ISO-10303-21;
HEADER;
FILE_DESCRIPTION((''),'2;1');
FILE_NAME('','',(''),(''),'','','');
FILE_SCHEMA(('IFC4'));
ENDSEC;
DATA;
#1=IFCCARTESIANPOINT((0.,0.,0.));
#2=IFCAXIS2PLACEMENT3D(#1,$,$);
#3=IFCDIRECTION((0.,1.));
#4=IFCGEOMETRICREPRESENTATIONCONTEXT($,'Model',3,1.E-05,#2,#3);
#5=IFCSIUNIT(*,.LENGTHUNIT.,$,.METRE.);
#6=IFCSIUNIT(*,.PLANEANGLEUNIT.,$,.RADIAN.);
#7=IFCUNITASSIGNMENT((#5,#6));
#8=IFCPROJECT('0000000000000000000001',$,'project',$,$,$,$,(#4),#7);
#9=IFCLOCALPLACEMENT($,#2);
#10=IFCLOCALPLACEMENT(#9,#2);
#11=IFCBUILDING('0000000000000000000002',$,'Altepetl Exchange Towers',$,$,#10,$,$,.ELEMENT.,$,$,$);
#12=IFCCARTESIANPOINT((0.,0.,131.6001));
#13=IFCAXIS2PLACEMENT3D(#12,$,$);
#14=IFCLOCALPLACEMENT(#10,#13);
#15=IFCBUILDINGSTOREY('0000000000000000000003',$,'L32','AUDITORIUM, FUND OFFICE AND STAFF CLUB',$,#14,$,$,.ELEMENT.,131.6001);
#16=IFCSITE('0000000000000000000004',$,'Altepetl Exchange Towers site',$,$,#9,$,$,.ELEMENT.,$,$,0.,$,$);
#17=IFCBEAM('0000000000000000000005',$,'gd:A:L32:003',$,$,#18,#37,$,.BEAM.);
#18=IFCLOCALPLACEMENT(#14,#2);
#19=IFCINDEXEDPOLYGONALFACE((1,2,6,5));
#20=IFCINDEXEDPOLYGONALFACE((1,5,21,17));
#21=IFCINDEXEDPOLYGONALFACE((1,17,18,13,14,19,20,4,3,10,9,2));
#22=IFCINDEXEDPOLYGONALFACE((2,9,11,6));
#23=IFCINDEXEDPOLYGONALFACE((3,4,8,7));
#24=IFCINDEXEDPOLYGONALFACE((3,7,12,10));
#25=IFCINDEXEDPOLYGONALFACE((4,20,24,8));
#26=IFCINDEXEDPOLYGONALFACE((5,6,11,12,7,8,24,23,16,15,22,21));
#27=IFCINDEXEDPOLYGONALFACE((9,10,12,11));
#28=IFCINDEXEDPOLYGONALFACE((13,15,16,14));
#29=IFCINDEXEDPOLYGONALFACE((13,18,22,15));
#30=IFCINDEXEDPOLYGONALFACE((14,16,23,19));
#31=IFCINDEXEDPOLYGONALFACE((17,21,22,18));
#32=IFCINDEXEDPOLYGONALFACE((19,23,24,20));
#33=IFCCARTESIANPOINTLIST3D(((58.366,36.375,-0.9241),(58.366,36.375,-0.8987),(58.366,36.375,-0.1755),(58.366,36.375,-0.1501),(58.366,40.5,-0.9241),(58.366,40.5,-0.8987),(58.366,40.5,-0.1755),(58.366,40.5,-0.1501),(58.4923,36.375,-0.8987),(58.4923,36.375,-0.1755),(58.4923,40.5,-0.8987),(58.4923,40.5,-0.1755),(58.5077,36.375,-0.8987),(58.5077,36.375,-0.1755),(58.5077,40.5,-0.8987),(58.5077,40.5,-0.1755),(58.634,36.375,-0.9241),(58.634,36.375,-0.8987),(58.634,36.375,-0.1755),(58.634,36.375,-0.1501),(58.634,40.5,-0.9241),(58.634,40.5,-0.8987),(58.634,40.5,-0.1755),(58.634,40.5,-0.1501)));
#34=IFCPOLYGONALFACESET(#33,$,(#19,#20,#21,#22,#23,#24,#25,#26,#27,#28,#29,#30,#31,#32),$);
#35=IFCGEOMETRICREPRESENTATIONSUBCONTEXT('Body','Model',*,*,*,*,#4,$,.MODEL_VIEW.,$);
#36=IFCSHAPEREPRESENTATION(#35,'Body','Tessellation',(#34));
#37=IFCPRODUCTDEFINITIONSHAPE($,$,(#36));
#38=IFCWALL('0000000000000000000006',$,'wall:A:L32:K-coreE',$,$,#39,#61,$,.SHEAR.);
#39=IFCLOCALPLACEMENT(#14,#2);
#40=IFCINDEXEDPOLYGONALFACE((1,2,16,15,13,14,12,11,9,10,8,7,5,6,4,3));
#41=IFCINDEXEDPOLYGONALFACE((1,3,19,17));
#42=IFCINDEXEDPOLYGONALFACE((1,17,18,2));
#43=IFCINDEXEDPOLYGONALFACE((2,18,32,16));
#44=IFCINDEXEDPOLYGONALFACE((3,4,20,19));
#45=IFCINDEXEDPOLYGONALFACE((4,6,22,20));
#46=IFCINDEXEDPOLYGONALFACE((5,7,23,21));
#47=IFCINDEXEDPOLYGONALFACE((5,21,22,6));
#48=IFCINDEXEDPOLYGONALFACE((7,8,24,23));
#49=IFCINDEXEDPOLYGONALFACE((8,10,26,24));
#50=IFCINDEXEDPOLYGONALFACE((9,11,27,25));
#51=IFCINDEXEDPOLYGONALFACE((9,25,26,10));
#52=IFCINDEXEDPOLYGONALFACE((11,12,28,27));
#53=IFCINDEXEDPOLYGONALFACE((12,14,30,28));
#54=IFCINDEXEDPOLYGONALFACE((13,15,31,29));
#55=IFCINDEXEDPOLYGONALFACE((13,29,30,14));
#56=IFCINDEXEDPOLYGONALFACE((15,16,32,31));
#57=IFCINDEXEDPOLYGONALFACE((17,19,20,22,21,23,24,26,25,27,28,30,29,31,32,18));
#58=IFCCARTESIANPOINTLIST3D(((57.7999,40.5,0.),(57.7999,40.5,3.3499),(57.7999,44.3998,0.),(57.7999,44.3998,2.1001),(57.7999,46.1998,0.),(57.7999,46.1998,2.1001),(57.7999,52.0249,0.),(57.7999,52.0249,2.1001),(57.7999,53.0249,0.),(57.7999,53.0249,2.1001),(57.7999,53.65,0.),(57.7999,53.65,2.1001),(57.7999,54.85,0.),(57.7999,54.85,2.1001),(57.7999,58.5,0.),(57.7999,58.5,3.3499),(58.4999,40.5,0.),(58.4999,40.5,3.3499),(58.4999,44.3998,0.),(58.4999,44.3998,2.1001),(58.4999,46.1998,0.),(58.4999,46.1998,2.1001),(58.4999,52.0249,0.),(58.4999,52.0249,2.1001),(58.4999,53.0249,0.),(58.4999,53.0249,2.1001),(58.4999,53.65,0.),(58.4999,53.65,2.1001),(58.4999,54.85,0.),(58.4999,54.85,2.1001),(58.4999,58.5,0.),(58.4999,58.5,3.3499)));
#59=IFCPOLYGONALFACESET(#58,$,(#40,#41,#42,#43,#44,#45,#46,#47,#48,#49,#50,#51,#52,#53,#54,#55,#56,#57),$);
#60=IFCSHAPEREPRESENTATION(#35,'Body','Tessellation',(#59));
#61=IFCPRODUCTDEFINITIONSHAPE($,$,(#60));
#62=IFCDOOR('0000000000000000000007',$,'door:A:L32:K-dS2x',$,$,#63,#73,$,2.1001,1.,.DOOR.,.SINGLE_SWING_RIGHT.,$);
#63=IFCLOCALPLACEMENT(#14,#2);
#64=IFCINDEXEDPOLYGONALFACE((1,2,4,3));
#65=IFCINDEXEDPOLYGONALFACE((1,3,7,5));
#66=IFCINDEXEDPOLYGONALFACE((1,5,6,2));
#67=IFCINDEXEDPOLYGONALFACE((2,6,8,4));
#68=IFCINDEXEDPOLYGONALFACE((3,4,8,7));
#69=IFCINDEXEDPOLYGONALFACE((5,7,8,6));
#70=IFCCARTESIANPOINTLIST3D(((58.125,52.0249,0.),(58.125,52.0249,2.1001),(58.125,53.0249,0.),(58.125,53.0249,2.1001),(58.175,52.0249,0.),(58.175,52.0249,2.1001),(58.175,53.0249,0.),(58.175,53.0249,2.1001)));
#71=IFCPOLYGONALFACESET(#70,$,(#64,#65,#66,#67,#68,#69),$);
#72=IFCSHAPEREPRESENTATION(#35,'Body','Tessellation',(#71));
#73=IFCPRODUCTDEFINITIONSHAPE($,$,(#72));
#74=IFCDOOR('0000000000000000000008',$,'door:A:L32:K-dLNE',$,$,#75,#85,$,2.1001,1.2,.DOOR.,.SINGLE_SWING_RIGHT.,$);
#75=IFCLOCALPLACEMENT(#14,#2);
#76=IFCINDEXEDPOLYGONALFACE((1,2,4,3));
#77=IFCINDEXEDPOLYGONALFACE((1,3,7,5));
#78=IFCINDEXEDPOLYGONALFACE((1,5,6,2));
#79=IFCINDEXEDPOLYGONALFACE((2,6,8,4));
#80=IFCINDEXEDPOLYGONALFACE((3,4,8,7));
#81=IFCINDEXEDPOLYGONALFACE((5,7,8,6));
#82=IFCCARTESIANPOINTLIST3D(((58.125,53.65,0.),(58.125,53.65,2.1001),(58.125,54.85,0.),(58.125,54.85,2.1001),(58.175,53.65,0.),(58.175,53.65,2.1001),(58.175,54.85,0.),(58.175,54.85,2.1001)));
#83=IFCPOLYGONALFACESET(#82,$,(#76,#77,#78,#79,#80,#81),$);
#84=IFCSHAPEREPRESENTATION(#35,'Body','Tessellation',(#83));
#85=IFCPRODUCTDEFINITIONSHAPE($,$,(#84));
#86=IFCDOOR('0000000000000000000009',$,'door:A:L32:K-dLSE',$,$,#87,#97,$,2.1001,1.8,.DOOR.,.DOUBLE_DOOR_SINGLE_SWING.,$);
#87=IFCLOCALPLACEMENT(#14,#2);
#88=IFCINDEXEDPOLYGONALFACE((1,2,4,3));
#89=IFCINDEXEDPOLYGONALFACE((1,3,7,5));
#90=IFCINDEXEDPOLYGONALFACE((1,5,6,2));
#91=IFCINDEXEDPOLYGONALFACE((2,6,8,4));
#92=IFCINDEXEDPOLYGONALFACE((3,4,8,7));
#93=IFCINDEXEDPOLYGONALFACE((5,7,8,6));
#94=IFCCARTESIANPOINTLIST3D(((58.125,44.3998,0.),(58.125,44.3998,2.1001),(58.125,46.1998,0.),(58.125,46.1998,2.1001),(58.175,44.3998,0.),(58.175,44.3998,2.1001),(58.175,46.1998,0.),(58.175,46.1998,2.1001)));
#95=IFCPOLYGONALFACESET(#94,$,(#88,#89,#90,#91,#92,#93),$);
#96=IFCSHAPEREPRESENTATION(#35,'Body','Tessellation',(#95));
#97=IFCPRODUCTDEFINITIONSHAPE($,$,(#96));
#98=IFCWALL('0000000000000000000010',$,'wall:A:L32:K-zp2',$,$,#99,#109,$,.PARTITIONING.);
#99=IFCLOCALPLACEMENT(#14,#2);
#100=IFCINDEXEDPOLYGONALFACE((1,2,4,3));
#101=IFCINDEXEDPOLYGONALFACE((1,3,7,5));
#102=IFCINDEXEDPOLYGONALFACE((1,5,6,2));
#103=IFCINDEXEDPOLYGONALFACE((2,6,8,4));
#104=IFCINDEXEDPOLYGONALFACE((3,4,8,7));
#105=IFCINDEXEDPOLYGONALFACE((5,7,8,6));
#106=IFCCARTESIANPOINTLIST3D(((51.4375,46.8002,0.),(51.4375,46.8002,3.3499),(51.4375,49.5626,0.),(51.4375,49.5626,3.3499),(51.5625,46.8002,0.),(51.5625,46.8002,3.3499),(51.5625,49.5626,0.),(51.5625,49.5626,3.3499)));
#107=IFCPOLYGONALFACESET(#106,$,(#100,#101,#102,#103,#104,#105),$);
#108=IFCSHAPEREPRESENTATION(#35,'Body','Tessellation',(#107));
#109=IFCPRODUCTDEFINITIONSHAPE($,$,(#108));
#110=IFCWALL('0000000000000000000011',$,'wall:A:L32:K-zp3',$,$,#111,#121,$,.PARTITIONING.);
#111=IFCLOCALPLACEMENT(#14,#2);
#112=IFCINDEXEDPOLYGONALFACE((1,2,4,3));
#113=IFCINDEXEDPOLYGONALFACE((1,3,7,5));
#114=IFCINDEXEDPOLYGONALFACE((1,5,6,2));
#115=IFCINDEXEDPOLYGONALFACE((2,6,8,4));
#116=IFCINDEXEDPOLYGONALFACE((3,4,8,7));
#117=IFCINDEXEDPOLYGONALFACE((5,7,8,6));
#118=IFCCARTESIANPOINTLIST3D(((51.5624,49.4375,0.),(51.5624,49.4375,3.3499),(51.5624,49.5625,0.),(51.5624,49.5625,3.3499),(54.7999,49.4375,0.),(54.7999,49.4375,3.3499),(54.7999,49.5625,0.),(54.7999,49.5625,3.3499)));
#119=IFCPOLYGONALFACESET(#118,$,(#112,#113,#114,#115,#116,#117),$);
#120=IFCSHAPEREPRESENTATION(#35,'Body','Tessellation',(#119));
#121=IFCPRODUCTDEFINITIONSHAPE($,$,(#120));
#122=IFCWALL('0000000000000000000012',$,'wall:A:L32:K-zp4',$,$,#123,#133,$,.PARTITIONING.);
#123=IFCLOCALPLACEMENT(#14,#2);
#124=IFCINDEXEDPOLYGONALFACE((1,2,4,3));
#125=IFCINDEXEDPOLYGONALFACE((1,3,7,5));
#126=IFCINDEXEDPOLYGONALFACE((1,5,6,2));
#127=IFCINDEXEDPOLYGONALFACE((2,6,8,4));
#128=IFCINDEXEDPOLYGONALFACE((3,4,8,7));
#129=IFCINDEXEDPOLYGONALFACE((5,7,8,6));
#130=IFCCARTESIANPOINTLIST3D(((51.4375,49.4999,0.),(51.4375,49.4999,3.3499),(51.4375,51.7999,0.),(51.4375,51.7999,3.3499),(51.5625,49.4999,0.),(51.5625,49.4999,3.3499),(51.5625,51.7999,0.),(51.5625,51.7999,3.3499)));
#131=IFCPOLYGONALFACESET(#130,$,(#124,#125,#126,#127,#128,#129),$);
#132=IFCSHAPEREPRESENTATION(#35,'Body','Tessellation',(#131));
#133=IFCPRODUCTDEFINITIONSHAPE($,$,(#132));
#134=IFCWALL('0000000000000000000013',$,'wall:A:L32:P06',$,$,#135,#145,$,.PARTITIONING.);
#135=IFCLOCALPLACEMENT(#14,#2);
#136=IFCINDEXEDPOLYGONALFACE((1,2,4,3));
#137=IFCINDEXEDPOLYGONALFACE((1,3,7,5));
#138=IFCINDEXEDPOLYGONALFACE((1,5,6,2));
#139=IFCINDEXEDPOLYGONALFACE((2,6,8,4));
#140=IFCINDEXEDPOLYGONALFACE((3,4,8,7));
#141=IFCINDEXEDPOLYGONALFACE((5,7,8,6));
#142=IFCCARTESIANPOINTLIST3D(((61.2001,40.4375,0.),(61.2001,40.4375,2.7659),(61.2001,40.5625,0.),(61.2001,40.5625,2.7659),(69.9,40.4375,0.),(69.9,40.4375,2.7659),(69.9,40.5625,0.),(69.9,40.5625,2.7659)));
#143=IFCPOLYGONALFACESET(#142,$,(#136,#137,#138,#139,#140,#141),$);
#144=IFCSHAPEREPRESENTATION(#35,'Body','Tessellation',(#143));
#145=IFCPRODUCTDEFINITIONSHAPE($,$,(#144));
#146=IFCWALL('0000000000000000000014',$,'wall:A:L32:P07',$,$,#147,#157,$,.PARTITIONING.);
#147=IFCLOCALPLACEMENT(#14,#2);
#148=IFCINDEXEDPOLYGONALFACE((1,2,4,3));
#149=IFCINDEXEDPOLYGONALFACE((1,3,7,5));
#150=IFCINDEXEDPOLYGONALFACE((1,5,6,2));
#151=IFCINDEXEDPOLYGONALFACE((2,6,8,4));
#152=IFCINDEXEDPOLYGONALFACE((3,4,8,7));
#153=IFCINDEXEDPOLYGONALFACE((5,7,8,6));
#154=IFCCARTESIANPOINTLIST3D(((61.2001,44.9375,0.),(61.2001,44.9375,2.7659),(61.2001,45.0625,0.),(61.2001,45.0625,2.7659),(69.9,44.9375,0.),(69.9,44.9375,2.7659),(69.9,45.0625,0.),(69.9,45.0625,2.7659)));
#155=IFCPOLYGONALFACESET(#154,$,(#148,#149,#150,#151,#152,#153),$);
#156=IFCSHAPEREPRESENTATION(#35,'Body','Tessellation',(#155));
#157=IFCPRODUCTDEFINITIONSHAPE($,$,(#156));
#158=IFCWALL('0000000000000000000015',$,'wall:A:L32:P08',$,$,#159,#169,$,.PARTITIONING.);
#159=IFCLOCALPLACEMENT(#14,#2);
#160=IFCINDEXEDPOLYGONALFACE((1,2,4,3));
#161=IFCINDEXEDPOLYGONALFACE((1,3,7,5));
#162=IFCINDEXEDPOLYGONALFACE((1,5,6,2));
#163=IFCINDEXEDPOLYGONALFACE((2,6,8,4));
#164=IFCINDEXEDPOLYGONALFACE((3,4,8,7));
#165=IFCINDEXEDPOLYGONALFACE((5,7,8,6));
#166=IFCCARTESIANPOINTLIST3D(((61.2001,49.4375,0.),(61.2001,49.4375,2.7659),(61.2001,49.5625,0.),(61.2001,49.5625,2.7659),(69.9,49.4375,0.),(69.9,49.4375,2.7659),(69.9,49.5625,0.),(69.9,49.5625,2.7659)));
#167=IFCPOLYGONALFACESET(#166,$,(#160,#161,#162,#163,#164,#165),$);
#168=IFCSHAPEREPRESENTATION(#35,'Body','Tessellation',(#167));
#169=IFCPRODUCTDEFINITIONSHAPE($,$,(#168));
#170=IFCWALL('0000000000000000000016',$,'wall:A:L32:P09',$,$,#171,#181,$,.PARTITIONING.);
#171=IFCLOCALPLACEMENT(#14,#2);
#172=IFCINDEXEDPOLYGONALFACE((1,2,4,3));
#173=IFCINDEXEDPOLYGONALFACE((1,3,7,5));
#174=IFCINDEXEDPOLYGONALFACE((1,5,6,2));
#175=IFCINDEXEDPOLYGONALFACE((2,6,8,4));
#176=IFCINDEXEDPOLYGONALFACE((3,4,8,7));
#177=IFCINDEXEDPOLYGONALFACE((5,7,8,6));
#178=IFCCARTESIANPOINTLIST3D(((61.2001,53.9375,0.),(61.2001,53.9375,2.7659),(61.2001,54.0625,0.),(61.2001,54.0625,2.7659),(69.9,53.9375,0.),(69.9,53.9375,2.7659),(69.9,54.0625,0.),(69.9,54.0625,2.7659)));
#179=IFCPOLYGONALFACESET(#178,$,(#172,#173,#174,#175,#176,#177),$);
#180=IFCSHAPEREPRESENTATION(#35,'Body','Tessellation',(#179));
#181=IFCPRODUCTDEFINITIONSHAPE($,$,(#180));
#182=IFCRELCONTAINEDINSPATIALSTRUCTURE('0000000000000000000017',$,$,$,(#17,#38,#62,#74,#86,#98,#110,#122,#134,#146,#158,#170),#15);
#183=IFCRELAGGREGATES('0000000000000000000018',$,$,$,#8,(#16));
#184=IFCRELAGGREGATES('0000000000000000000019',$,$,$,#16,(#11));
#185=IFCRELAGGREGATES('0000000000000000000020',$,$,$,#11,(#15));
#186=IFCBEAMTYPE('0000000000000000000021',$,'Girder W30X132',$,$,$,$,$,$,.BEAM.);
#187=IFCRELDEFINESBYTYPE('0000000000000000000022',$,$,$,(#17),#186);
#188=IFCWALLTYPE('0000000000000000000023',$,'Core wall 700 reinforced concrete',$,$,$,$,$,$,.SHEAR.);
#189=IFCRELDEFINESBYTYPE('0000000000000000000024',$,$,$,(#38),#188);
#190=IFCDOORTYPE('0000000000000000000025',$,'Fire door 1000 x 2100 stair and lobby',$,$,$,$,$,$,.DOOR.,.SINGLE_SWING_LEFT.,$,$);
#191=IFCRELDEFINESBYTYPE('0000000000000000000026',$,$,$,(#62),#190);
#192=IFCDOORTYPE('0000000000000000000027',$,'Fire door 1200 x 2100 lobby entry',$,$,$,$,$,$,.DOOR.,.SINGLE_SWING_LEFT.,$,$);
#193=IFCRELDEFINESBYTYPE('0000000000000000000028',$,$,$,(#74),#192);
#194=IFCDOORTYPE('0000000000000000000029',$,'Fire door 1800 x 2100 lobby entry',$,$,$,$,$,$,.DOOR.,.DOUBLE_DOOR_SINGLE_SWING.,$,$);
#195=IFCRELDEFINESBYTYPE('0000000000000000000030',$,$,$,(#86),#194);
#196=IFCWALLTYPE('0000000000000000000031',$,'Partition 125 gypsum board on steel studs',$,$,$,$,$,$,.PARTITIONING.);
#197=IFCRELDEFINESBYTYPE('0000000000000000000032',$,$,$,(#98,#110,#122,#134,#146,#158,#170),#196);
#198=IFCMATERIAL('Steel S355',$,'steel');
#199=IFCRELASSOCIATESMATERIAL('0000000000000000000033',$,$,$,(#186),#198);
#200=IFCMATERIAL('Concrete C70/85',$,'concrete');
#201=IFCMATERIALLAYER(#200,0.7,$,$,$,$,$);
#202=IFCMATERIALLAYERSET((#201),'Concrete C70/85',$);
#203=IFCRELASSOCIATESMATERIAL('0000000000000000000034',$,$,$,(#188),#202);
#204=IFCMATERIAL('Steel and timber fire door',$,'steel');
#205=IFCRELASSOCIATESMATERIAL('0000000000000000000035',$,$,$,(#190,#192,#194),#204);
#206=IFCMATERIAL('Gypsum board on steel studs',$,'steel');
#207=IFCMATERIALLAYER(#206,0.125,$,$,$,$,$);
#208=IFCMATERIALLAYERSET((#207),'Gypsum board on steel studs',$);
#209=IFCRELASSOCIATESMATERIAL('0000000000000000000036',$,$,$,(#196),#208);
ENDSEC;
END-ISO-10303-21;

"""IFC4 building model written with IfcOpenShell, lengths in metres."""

from ifc_helpers import new_model, si_unit, direction, frame, frame_2d, origin, origin_2d, place, context, subcontext, project, spatial, rectangle, i_section, extrude, material, layer, layer_set, material_profile, profile_set, type_object, element, fill, save


model = new_model("IFC4")

# Units and contexts
model_context = context("Model", 3, precision=1e-05, world=origin(), true_north=direction((0.0, 1.0)))
body_context = subcontext(model_context, "Body", "Model", "MODEL_VIEW")
ifc_project = project(units=[si_unit("LENGTHUNIT", "METRE"), si_unit("PLANEANGLEUNIT", "RADIAN")], contexts=[model_context])

# Site, building, storey
site_placement = place(None, origin())
site = spatial("IfcSite", under=ifc_project, at=site_placement, Name="Altepetl Exchange Towers site", CompositionType="ELEMENT", RefElevation=0.0)
building_placement = place(site_placement, origin())
building = spatial("IfcBuilding", under=site, at=building_placement, Name="Altepetl Exchange Towers", CompositionType="ELEMENT")
storey_placement = place(building_placement, frame((0.0, 0.0, 131.6001)))
storey = spatial("IfcBuildingStorey", under=building, at=storey_placement, Name="L32", Description="AUDITORIUM, FUND OFFICE AND STAFF CLUB", CompositionType="ELEMENT", Elevation=131.6001)

# Shared definitions
ifc_material_1 = material(Name="Concrete C70/85", Category="concrete")

# Beam
ifc_material_2 = material(Name="Steel S355", Category="steel")
ifc_material_profile_1 = material_profile(ifc_material_2, i_section(OverallWidth=0.2681, OverallDepth=0.7739, WebThickness=0.0154, FlangeThickness=0.0254, at=origin_2d()), Name="W30X132")
ifc_profile_set_1 = profile_set([ifc_material_profile_1], Name="Steel S355")
beam_type_1 = type_object("IfcBeamType", Name="Girder W30X132", PredefinedType="BEAM", material=ifc_profile_set_1)
beam_1_placement = place(storey_placement, frame((58.5, 40.5, -0.5371), z_axis=(0.0, -1.0, 0.0), x_axis=(1.0, 0.0, 0.0)))
element("IfcBeam", 1, at=beam_1_placement, inside=storey, type_object=beam_type_1, Name="gd:A:L32:003", PredefinedType="BEAM", context=body_context, shape_type="SweptSolid", body=[
    extrude(i_section(OverallWidth=0.2681, OverallDepth=0.7739, WebThickness=0.0154, FlangeThickness=0.0254, at=origin_2d()), origin(), (0.0, 0.0, 1.0), 4.125),
])

# Wall, openings, doors
ifc_layer_1 = layer(ifc_material_1, 0.7)
ifc_layer_set_1 = layer_set([ifc_layer_1], Name="Concrete C70/85")
wall_type_1 = type_object("IfcWallType", Name="Core wall 700 reinforced concrete", PredefinedType="SHEAR", material=ifc_layer_set_1)
wall_1_placement = place(storey_placement, frame((58.1499, 40.5, 0.0), z_axis=(0.0, 0.0, 1.0), x_axis=(0.0, 1.0, 0.0)))
wall_1 = element("IfcWall", 2, at=wall_1_placement, inside=storey, type_object=wall_type_1, Name="wall:A:L32:K-coreE", PredefinedType="SHEAR", context=body_context, shape_type="SweptSolid", body=[
    extrude(rectangle(XDim=18.0, YDim=0.7, at=frame_2d((9.0, 0.0))), origin(), (0.0, 0.0, 1.0), 3.3499),
])
opening_1_placement = place(wall_1_placement, frame((13.1499, 0.0, 0.0)))
opening_1 = element("IfcOpeningElement", 3, at=opening_1_placement, cuts=wall_1, PredefinedType="OPENING", context=body_context, shape_type="SweptSolid", body=[
    extrude(rectangle(XDim=1.2, YDim=2.1001, at=frame_2d((0.6001, 1.05))), frame((0.0, 0.3599, 0.0), z_axis=(0.0, -1.0, 0.0), x_axis=(1.0, 0.0, 0.0)), (0.0, 0.0, 1.0), 0.72),
])
opening_2_placement = place(wall_1_placement, frame((3.8999, 0.0, 0.0)))
opening_2 = element("IfcOpeningElement", 4, at=opening_2_placement, cuts=wall_1, PredefinedType="OPENING", context=body_context, shape_type="SweptSolid", body=[
    extrude(rectangle(XDim=1.8, YDim=2.1001, at=frame_2d((0.8999, 1.05))), frame((0.0, 0.3599, 0.0), z_axis=(0.0, -1.0, 0.0), x_axis=(1.0, 0.0, 0.0)), (0.0, 0.0, 1.0), 0.72),
])
opening_3_placement = place(wall_1_placement, frame((11.5249, 0.0, 0.0)))
opening_3 = element("IfcOpeningElement", 5, at=opening_3_placement, cuts=wall_1, PredefinedType="OPENING", context=body_context, shape_type="SweptSolid", body=[
    extrude(rectangle(XDim=1.0, YDim=2.1001, at=frame_2d((0.5, 1.05))), frame((0.0, 0.3599, 0.0), z_axis=(0.0, -1.0, 0.0), x_axis=(1.0, 0.0, 0.0)), (0.0, 0.0, 1.0), 0.72),
])
ifc_material_3 = material(Name="Steel and timber fire door", Category="steel")
door_type_1 = type_object("IfcDoorType", Name="Fire door 1000 x 2100 stair and lobby", OperationType="SINGLE_SWING_LEFT", PredefinedType="DOOR", material=ifc_material_3)
door_1_placement = place(opening_3_placement, origin())
door_1 = element("IfcDoor", 6, at=door_1_placement, inside=storey, type_object=door_type_1, Name="door:A:L32:K-dS2x", OperationType="SINGLE_SWING_RIGHT", OverallHeight=2.1001, OverallWidth=1.0, PredefinedType="DOOR", context=body_context, shape_type="SweptSolid", body=[
    extrude(rectangle(XDim=1.0, YDim=2.1001, at=frame_2d((0.5, 1.05))), frame((0.0, 0.0249, 0.0), z_axis=(0.0, -1.0, 0.0), x_axis=(1.0, 0.0, 0.0)), (0.0, 0.0, 1.0), 0.05),
])
fill(opening_3, door_1)
door_type_2 = type_object("IfcDoorType", Name="Fire door 1200 x 2100 lobby entry", OperationType="SINGLE_SWING_LEFT", PredefinedType="DOOR", material=ifc_material_3)
door_2_placement = place(opening_1_placement, origin())
door_2 = element("IfcDoor", 7, at=door_2_placement, inside=storey, type_object=door_type_2, Name="door:A:L32:K-dLNE", OperationType="SINGLE_SWING_RIGHT", OverallHeight=2.1001, OverallWidth=1.2, PredefinedType="DOOR", context=body_context, shape_type="SweptSolid", body=[
    extrude(rectangle(XDim=1.2, YDim=2.1001, at=frame_2d((0.6001, 1.05))), frame((0.0, 0.0249, 0.0), z_axis=(0.0, -1.0, 0.0), x_axis=(1.0, 0.0, 0.0)), (0.0, 0.0, 1.0), 0.05),
])
fill(opening_1, door_2)
door_type_3 = type_object("IfcDoorType", Name="Fire door 1800 x 2100 lobby entry", OperationType="DOUBLE_DOOR_SINGLE_SWING", PredefinedType="DOOR", material=ifc_material_3)
door_3_placement = place(opening_2_placement, origin())
door_3 = element("IfcDoor", 8, at=door_3_placement, inside=storey, type_object=door_type_3, Name="door:A:L32:K-dLSE", OperationType="DOUBLE_DOOR_SINGLE_SWING", OverallHeight=2.1001, OverallWidth=1.8, PredefinedType="DOOR", context=body_context, shape_type="SweptSolid", body=[
    extrude(rectangle(XDim=1.8, YDim=2.1001, at=frame_2d((0.8999, 1.05))), frame((0.0, 0.0249, 0.0), z_axis=(0.0, -1.0, 0.0), x_axis=(1.0, 0.0, 0.0)), (0.0, 0.0, 1.0), 0.05),
])
fill(opening_2, door_3)

# Walls
ifc_material_4 = material(Name="Gypsum board on steel studs", Category="steel")
ifc_layer_2 = layer(ifc_material_4, 0.125)
ifc_layer_set_2 = layer_set([ifc_layer_2], Name="Gypsum board on steel studs")
wall_type_2 = type_object("IfcWallType", Name="Partition 125 gypsum board on steel studs", PredefinedType="PARTITIONING", material=ifc_layer_set_2)
wall_2_placement = place(storey_placement, frame((51.5, 46.8, 0.0), z_axis=(0.0, 0.0, 1.0), x_axis=(0.0, 1.0, 0.0)))
element("IfcWall", 9, at=wall_2_placement, inside=storey, type_object=wall_type_2, Name="wall:A:L32:K-zp2", PredefinedType="PARTITIONING", context=body_context, shape_type="SweptSolid", body=[
    extrude(rectangle(XDim=2.7625, YDim=0.125, at=frame_2d((1.3813, 0.0))), origin(), (0.0, 0.0, 1.0), 3.3499),
])
wall_3_placement = place(storey_placement, frame((51.5625, 49.5, 0.0)))
element("IfcWall", 10, at=wall_3_placement, inside=storey, type_object=wall_type_2, Name="wall:A:L32:K-zp3", PredefinedType="PARTITIONING", context=body_context, shape_type="SweptSolid", body=[
    extrude(rectangle(XDim=3.2375, YDim=0.125, at=frame_2d((1.6187, 0.0))), origin(), (0.0, 0.0, 1.0), 3.3499),
])
wall_4_placement = place(storey_placement, frame((51.5, 49.5, 0.0), z_axis=(0.0, 0.0, 1.0), x_axis=(0.0, 1.0, 0.0)))
element("IfcWall", 11, at=wall_4_placement, inside=storey, type_object=wall_type_2, Name="wall:A:L32:K-zp4", PredefinedType="PARTITIONING", context=body_context, shape_type="SweptSolid", body=[
    extrude(rectangle(XDim=2.3, YDim=0.125, at=frame_2d((1.1499, 0.0))), origin(), (0.0, 0.0, 1.0), 3.3499),
])
for number, where, name in (
    (12, (61.2, 40.5, 0.0), "wall:A:L32:P06"),
    (13, (61.2, 45.0, 0.0), "wall:A:L32:P07"),
    (14, (61.2, 49.5, 0.0), "wall:A:L32:P08"),
    (15, (61.2, 54.0, 0.0), "wall:A:L32:P09"),
):
    element("IfcWall", number, at=place(storey_placement, frame(where)), inside=storey, type_object=wall_type_2, Name=name, PredefinedType="PARTITIONING", context=body_context, shape_type="SweptSolid", body=[
        extrude(rectangle(XDim=8.7, YDim=0.125, at=frame_2d((4.3501, 0.0))), origin(), (0.0, 0.0, 1.0), 2.7659),
    ])

save(model, "model.ifc")
